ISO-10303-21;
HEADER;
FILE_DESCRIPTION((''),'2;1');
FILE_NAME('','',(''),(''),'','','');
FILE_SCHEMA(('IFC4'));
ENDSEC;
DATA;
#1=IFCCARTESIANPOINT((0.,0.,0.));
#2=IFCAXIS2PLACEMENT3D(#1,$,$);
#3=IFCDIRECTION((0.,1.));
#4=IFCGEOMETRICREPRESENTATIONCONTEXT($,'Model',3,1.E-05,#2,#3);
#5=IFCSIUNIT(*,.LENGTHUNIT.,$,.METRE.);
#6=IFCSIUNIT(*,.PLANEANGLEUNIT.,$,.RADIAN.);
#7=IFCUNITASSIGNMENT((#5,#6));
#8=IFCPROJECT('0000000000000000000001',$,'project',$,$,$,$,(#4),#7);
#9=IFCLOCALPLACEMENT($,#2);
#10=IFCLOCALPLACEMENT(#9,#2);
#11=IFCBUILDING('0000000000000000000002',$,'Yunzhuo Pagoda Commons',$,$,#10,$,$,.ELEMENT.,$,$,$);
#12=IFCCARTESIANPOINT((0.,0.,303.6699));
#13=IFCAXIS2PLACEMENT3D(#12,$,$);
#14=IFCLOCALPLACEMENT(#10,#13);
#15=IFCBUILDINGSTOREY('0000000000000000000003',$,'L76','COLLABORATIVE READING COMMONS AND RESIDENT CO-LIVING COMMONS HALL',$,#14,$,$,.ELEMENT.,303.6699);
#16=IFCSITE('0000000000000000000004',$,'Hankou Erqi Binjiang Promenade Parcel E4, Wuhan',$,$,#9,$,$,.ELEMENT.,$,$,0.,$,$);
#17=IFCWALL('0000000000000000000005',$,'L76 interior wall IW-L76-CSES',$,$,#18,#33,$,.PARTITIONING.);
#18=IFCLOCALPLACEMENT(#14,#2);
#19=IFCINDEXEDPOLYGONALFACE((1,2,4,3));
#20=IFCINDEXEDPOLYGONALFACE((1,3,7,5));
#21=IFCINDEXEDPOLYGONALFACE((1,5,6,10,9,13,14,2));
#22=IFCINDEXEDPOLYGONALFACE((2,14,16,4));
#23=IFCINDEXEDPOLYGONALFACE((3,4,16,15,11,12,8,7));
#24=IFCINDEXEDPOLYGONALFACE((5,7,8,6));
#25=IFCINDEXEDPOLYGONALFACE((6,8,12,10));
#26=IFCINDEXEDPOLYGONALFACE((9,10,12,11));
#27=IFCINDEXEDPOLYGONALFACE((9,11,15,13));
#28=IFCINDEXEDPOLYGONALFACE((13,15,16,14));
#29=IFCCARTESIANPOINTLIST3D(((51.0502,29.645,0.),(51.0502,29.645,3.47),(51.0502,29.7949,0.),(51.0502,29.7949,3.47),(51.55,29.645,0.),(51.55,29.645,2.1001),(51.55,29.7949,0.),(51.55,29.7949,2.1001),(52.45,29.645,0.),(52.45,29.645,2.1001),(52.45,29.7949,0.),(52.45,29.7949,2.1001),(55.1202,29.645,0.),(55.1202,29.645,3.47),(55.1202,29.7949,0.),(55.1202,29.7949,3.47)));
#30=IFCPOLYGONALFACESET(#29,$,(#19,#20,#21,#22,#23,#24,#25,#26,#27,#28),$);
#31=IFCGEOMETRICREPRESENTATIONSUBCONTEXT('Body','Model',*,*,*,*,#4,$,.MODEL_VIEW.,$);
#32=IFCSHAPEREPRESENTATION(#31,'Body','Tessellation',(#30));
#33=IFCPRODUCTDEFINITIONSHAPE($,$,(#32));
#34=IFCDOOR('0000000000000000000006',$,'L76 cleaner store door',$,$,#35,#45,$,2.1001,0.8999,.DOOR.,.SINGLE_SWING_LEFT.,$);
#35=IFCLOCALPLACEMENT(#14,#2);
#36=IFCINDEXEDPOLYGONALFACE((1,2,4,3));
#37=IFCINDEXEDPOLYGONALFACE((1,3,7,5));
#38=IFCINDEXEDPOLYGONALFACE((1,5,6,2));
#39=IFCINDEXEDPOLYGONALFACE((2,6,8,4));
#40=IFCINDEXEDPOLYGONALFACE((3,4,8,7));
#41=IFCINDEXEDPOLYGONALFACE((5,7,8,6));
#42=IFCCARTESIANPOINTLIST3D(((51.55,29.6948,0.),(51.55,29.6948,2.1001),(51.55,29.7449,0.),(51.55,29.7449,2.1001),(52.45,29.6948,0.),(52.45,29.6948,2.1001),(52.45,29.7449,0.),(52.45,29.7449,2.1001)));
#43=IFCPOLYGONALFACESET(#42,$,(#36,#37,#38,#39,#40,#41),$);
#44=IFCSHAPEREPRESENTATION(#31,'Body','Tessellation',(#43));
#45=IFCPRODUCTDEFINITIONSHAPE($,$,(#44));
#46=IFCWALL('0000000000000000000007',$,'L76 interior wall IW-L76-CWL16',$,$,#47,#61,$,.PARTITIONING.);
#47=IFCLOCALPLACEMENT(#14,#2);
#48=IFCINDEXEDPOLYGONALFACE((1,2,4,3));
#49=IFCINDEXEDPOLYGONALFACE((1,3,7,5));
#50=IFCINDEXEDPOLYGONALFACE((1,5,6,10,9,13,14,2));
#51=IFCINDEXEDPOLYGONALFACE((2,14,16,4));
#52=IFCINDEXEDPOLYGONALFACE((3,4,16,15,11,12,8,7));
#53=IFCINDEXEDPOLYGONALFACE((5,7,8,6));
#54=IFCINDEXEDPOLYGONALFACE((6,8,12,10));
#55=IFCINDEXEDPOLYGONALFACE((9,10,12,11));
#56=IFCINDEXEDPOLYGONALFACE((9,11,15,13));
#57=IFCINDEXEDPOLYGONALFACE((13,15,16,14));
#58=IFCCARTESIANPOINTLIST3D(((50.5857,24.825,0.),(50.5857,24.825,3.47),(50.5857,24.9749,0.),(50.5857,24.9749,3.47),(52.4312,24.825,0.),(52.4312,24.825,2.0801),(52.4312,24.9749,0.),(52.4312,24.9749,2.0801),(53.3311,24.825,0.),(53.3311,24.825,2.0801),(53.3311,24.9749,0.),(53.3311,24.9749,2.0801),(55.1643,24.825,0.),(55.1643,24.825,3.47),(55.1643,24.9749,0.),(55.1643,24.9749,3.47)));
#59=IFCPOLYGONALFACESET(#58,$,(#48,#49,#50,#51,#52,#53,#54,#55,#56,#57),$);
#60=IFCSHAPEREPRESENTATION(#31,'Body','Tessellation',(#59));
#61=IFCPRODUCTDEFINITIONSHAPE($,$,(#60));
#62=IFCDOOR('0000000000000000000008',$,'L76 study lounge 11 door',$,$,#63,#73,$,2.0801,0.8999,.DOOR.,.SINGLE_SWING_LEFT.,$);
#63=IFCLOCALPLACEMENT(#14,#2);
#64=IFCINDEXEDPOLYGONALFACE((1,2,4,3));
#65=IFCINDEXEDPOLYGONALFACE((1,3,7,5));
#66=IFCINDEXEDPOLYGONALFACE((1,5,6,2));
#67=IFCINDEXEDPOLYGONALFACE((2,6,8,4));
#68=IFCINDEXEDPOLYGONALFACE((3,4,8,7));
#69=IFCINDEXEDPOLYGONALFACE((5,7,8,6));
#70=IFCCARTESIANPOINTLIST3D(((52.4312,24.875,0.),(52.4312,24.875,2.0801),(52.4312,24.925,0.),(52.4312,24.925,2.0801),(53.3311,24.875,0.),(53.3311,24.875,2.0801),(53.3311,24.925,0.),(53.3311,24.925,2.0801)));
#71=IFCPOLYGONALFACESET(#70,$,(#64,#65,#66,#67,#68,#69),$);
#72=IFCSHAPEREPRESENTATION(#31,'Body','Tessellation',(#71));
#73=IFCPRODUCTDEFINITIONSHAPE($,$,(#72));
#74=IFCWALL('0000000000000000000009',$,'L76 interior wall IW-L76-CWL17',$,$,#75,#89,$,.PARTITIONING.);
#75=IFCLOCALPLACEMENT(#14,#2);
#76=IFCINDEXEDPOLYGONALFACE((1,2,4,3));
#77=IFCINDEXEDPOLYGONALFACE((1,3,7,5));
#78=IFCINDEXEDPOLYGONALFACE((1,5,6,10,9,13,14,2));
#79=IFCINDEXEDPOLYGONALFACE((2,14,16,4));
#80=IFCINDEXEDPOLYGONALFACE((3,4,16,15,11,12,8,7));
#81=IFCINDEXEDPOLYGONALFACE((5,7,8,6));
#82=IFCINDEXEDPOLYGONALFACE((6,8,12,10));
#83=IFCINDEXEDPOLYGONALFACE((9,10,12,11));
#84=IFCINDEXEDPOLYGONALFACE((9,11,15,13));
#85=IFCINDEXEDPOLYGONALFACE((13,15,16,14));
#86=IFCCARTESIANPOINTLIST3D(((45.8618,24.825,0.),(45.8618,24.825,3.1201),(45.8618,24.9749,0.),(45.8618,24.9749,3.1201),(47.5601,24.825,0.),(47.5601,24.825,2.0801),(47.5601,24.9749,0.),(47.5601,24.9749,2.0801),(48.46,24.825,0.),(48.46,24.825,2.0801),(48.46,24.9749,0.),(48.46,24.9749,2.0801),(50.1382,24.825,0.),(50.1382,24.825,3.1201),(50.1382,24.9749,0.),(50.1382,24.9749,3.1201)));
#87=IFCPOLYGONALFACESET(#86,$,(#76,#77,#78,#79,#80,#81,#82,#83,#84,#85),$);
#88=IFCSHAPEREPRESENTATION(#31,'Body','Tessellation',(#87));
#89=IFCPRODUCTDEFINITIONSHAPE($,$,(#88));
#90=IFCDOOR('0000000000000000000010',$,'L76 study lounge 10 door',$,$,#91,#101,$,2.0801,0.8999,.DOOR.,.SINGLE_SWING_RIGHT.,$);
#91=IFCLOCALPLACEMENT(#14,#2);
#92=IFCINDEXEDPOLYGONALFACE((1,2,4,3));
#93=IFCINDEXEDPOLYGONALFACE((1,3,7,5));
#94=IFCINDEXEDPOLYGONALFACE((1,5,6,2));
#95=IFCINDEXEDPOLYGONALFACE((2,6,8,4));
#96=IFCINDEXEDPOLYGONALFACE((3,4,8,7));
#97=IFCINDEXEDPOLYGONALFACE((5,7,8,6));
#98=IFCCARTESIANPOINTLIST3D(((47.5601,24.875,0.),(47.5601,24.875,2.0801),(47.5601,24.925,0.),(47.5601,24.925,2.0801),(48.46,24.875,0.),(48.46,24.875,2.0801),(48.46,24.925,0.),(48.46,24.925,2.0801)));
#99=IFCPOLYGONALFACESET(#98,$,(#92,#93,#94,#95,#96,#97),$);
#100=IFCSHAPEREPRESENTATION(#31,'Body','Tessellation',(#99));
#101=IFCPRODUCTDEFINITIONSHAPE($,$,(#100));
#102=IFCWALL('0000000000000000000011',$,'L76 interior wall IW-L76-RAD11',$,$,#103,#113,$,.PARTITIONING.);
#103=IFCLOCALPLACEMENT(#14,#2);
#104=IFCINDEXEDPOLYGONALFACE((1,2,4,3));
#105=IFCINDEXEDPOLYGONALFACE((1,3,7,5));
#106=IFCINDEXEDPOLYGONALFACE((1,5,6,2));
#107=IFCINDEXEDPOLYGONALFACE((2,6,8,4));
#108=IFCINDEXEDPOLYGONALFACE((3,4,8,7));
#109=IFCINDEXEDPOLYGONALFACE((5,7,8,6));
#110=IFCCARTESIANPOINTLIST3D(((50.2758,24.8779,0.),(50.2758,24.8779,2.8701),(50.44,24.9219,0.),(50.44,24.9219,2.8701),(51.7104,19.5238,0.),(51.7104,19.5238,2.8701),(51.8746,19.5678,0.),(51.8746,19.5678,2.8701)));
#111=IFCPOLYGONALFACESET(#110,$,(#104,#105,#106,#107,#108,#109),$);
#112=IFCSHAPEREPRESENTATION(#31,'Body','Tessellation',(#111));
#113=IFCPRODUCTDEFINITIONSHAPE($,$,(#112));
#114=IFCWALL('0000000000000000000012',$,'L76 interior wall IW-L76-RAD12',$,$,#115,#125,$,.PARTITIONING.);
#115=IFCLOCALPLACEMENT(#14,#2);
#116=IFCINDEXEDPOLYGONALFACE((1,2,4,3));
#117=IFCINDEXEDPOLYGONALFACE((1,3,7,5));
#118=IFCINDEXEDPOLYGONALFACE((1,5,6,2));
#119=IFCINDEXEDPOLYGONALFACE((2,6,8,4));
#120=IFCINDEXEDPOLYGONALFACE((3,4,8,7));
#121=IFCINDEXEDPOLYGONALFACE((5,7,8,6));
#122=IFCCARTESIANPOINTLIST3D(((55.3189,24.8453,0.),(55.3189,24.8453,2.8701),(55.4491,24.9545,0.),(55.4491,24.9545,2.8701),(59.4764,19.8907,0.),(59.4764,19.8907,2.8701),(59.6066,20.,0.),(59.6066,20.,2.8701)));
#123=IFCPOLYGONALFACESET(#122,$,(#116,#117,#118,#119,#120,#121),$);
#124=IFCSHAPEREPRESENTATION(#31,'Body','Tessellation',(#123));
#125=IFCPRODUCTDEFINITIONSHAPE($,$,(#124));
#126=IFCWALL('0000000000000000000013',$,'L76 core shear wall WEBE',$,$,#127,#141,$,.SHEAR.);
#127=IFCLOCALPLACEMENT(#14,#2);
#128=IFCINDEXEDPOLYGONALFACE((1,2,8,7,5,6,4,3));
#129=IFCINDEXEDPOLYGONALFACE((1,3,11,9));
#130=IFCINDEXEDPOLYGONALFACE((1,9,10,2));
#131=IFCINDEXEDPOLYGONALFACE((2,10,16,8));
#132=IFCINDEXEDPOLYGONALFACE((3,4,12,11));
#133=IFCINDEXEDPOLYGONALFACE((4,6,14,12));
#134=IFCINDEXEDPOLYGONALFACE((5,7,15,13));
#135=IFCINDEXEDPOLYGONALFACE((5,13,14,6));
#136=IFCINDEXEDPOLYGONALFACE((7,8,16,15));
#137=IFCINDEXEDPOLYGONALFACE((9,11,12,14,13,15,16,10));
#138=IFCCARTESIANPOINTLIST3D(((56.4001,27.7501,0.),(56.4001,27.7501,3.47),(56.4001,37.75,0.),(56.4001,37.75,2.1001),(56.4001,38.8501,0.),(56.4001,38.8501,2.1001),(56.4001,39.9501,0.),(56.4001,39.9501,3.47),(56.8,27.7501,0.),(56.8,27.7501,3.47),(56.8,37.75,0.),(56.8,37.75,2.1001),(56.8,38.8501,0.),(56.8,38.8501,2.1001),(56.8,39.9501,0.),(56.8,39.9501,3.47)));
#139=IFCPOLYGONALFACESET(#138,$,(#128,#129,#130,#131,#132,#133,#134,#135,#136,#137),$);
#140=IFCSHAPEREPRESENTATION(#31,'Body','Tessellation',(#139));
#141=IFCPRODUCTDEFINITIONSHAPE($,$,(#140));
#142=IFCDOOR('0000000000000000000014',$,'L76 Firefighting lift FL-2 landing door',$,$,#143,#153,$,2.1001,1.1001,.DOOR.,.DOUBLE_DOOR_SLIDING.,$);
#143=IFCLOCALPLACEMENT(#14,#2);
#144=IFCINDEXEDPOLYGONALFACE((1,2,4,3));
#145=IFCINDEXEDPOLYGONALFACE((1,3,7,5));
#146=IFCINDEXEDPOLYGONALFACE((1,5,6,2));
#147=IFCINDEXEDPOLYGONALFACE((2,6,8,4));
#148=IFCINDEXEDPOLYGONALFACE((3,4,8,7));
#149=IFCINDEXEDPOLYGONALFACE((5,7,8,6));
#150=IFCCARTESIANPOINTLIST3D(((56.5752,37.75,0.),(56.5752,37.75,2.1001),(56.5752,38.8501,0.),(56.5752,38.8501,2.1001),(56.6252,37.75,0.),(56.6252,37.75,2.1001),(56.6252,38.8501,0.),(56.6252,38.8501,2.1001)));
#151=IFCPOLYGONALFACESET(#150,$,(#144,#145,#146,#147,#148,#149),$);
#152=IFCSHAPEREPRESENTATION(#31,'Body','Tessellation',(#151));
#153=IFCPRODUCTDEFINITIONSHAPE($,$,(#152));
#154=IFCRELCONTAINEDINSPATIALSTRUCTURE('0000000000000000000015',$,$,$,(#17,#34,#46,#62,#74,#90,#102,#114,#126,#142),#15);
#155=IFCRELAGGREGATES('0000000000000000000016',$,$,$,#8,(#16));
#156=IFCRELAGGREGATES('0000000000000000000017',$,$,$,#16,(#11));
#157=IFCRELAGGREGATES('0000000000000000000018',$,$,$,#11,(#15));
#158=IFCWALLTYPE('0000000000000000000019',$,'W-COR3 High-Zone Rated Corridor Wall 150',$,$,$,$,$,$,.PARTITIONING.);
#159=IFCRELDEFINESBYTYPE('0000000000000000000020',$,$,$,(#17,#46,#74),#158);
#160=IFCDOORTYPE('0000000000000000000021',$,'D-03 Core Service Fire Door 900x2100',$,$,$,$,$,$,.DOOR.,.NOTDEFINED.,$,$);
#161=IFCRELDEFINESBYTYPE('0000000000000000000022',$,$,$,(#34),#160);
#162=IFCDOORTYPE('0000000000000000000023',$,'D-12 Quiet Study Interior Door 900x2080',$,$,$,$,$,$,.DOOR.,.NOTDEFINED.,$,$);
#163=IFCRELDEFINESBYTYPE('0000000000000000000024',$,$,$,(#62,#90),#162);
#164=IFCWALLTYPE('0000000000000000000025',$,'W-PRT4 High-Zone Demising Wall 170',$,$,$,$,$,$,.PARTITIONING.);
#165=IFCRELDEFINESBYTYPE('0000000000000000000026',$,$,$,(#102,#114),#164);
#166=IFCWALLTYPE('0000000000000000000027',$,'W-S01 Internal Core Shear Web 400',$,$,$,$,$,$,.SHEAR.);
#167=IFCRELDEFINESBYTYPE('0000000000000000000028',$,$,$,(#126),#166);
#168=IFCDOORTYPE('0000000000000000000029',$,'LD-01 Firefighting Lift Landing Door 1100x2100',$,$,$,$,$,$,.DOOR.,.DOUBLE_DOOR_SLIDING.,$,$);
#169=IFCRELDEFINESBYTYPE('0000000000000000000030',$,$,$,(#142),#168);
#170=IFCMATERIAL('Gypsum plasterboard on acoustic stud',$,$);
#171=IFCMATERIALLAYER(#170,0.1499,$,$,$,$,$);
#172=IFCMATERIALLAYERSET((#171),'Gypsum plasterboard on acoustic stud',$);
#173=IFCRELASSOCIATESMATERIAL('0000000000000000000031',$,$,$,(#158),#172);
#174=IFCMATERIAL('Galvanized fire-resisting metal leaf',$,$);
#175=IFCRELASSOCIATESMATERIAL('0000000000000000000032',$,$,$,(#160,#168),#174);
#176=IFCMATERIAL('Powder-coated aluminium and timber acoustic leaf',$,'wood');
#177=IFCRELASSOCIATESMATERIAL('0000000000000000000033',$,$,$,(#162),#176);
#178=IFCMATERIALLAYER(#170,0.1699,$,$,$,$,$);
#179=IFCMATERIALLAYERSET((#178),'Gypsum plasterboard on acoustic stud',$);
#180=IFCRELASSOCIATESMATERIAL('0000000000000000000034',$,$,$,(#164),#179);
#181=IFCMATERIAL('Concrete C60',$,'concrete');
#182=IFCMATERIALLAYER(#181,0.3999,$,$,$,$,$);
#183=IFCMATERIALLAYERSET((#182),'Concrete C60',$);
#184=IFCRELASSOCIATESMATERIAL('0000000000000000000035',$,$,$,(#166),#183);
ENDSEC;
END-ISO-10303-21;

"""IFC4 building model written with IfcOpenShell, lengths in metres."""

from ifc_helpers import new_model, si_unit, direction, frame, frame_2d, origin, origin_with_axes, place, context, subcontext, project, spatial, rectangle, extrude, source, transform, mapped, material, layer, layer_set, type_object, element, fill, save


model = new_model("IFC4")

# Units and contexts
model_context = context("Model", 3, precision=1e-05, world=origin(), true_north=direction((0.0, 1.0)))
body_context = subcontext(model_context, "Body", "Model", "MODEL_VIEW")
ifc_project = project(units=[si_unit("LENGTHUNIT", "METRE"), si_unit("PLANEANGLEUNIT", "RADIAN")], contexts=[model_context])

# Site, building, storey
site_placement = place(None, origin())
site = spatial("IfcSite", under=ifc_project, at=site_placement, Name="Hankou Erqi Binjiang Promenade Parcel E4, Wuhan", CompositionType="ELEMENT", RefElevation=0.0)
building_placement = place(site_placement, origin())
building = spatial("IfcBuilding", under=site, at=building_placement, Name="Yunzhuo Pagoda Commons", CompositionType="ELEMENT")
storey_placement = place(building_placement, frame((0.0, 0.0, 303.6699)))
storey = spatial("IfcBuildingStorey", under=building, at=storey_placement, Name="L76", Description="COLLABORATIVE READING COMMONS AND RESIDENT CO-LIVING COMMONS HALL", CompositionType="ELEMENT", Elevation=303.6699)

# Walls, openings, doors
ifc_material_1 = material(Name="Gypsum plasterboard on acoustic stud")
ifc_layer_1 = layer(ifc_material_1, 0.1499)
ifc_layer_set_1 = layer_set([ifc_layer_1], Name="Gypsum plasterboard on acoustic stud")
wall_type_1 = type_object("IfcWallType", Name="W-COR3 High-Zone Rated Corridor Wall 150", PredefinedType="PARTITIONING", material=ifc_layer_set_1)
wall_1_placement = place(storey_placement, frame((51.05, 29.72, 0.0), z_axis=(0.0, 0.0, 1.0), x_axis=(1.0, 0.0, 0.0)))
wall_1 = element("IfcWall", 1, at=wall_1_placement, inside=storey, type_object=wall_type_1, Name="L76 interior wall IW-L76-CSES", PredefinedType="PARTITIONING", context=body_context, shape_type="SweptSolid", body=[
    extrude(rectangle(XDim=4.0701, YDim=0.1499, at=frame_2d((2.0352, 0.0))), origin(), (0.0, 0.0, 1.0), 3.47),
])
opening_1_placement = place(wall_1_placement, frame((0.5, 0.0, 0.0)))
opening_1 = element("IfcOpeningElement", 2, at=opening_1_placement, cuts=wall_1, PredefinedType="OPENING", context=body_context, shape_type="SweptSolid", body=[
    extrude(rectangle(XDim=0.8999, YDim=2.1001, at=frame_2d((0.45, 1.05))), frame((0.0, 0.085, 0.0), z_axis=(0.0, -1.0, 0.0), x_axis=(1.0, 0.0, 0.0)), (0.0, 0.0, 1.0), 0.1699),
])
ifc_material_2 = material(Name="Galvanized fire-resisting metal leaf")
door_type_1 = type_object("IfcDoorType", Name="D-03 Core Service Fire Door 900x2100", OperationType="NOTDEFINED", PredefinedType="DOOR", material=ifc_material_2)
shared_shape_1 = source(origin(), body_context, "Body", "SweptSolid", [
    extrude(rectangle(XDim=0.8999, YDim=2.1001, at=frame_2d((0.45, 1.05))), frame((0.0, 0.0249, 0.0), z_axis=(0.0, -1.0, 0.0), x_axis=(1.0, 0.0, 0.0)), (0.0, 0.0, 1.0), 0.05),
])
door_1_placement = place(opening_1_placement, origin_with_axes())
door_1 = element("IfcDoor", 3, at=door_1_placement, inside=storey, type_object=door_type_1, Name="L76 cleaner store door", OperationType="SINGLE_SWING_LEFT", OverallHeight=2.1001, OverallWidth=0.8999, PredefinedType="DOOR", context=body_context, shape_type="MappedRepresentation", body=[
    mapped(shared_shape_1, transform((0.0, 0.0, 0.0), scale=1.0)),
])
fill(opening_1, door_1)
wall_2_placement = place(storey_placement, frame((55.1643, 24.8999, 0.0), z_axis=(0.0, 0.0, 1.0), x_axis=(-1.0, 0.0, 0.0)))
wall_2 = element("IfcWall", 4, at=wall_2_placement, inside=storey, type_object=wall_type_1, Name="L76 interior wall IW-L76-CWL16", PredefinedType="PARTITIONING", context=body_context, shape_type="SweptSolid", body=[
    extrude(rectangle(XDim=4.5786, YDim=0.1499, at=frame_2d((2.2893, 0.0))), origin(), (0.0, 0.0, 1.0), 3.47),
])
opening_2_placement = place(wall_2_placement, frame((1.8333, 0.0, 0.0)))
opening_2 = element("IfcOpeningElement", 5, at=opening_2_placement, cuts=wall_2, PredefinedType="OPENING", context=body_context, shape_type="SweptSolid", body=[
    extrude(rectangle(XDim=0.8999, YDim=2.0801, at=frame_2d((0.45, 1.04))), frame((0.0, 0.085, 0.0), z_axis=(0.0, -1.0, 0.0), x_axis=(1.0, 0.0, 0.0)), (0.0, 0.0, 1.0), 0.1699),
])
ifc_material_3 = material(Name="Powder-coated aluminium and timber acoustic leaf", Category="wood")
door_type_2 = type_object("IfcDoorType", Name="D-12 Quiet Study Interior Door 900x2080", OperationType="NOTDEFINED", PredefinedType="DOOR", material=ifc_material_3)
shared_shape_2 = source(origin(), body_context, "Body", "SweptSolid", [
    extrude(rectangle(XDim=0.8999, YDim=2.0801, at=frame_2d((0.45, 1.04))), frame((0.0, 0.0249, 0.0), z_axis=(0.0, -1.0, 0.0), x_axis=(1.0, 0.0, 0.0)), (0.0, 0.0, 1.0), 0.05),
])
door_2_placement = place(opening_2_placement, origin_with_axes())
door_2 = element("IfcDoor", 6, at=door_2_placement, inside=storey, type_object=door_type_2, Name="L76 study lounge 11 door", OperationType="SINGLE_SWING_LEFT", OverallHeight=2.0801, OverallWidth=0.8999, PredefinedType="DOOR", context=body_context, shape_type="MappedRepresentation", body=[
    mapped(shared_shape_2, transform((0.0, 0.0, 0.0), scale=1.0)),
])
fill(opening_2, door_2)
wall_3_placement = place(storey_placement, frame((50.1382, 24.8999, 0.0), z_axis=(0.0, 0.0, 1.0), x_axis=(-1.0, 0.0, 0.0)))
wall_3 = element("IfcWall", 7, at=wall_3_placement, inside=storey, type_object=wall_type_1, Name="L76 interior wall IW-L76-CWL17", PredefinedType="PARTITIONING", context=body_context, shape_type="SweptSolid", body=[
    extrude(rectangle(XDim=4.2764, YDim=0.1499, at=frame_2d((2.1382, 0.0))), origin(), (0.0, 0.0, 1.0), 3.1201),
])
opening_3_placement = place(wall_3_placement, frame((1.6782, 0.0, 0.0)))
opening_3 = element("IfcOpeningElement", 8, at=opening_3_placement, cuts=wall_3, PredefinedType="OPENING", context=body_context, shape_type="SweptSolid", body=[
    extrude(rectangle(XDim=0.8999, YDim=2.0801, at=frame_2d((0.45, 1.04))), frame((0.0, 0.085, 0.0), z_axis=(0.0, -1.0, 0.0), x_axis=(1.0, 0.0, 0.0)), (0.0, 0.0, 1.0), 0.1699),
])
door_3_placement = place(opening_3_placement, origin_with_axes())
door_3 = element("IfcDoor", 9, at=door_3_placement, inside=storey, type_object=door_type_2, Name="L76 study lounge 10 door", OperationType="SINGLE_SWING_RIGHT", OverallHeight=2.0801, OverallWidth=0.8999, PredefinedType="DOOR", context=body_context, shape_type="MappedRepresentation", body=[
    mapped(shared_shape_2, transform((0.0, 0.0, 0.0), scale=1.0)),
])
fill(opening_3, door_3)

# Walls
ifc_layer_2 = layer(ifc_material_1, 0.1699)
ifc_layer_set_2 = layer_set([ifc_layer_2], Name="Gypsum plasterboard on acoustic stud")
wall_type_2 = type_object("IfcWallType", Name="W-PRT4 High-Zone Demising Wall 170", PredefinedType="PARTITIONING", material=ifc_layer_set_2)
wall_4_placement = place(storey_placement, frame((50.3579, 24.8999, 0.0), z_axis=(0.0, 0.0, 1.0), x_axis=(0.258814, -0.965927, 0.0)))
element("IfcWall", 10, at=wall_4_placement, inside=storey, type_object=wall_type_2, Name="L76 interior wall IW-L76-RAD11", PredefinedType="PARTITIONING", context=body_context, shape_type="SweptSolid", body=[
    extrude(rectangle(XDim=5.543, YDim=0.1699, at=frame_2d((2.7715, 0.0))), origin(), (0.0, 0.0, 1.0), 2.8701),
])
wall_5_placement = place(storey_placement, frame((55.384, 24.8999, 0.0), z_axis=(0.0, 0.0, 1.0), x_axis=(0.642795, -0.766039, 0.0)))
element("IfcWall", 11, at=wall_5_placement, inside=storey, type_object=wall_type_2, Name="L76 interior wall IW-L76-RAD12", PredefinedType="PARTITIONING", context=body_context, shape_type="SweptSolid", body=[
    extrude(rectangle(XDim=6.4678, YDim=0.1699, at=frame_2d((3.2339, 0.0))), origin(), (0.0, 0.0, 1.0), 2.8701),
])

# Wall, opening, door
ifc_material_4 = material(Name="Concrete C60", Category="concrete")
ifc_layer_3 = layer(ifc_material_4, 0.3999)
ifc_layer_set_3 = layer_set([ifc_layer_3], Name="Concrete C60")
wall_type_3 = type_object("IfcWallType", Name="W-S01 Internal Core Shear Web 400", PredefinedType="SHEAR", material=ifc_layer_set_3)
wall_6_placement = place(storey_placement, frame((56.6001, 27.75, 0.0), z_axis=(0.0, 0.0, 1.0), x_axis=(0.0, 1.0, 0.0)))
wall_6 = element("IfcWall", 12, at=wall_6_placement, inside=storey, type_object=wall_type_3, Name="L76 core shear wall WEBE", PredefinedType="SHEAR", context=body_context, shape_type="SweptSolid", body=[
    extrude(rectangle(XDim=12.2, YDim=0.3999, at=frame_2d((6.1001, 0.0))), origin(), (0.0, 0.0, 1.0), 3.47),
])
opening_4_placement = place(wall_6_placement, frame((10.0, 0.0, 0.0)))
opening_4 = element("IfcOpeningElement", 13, at=opening_4_placement, cuts=wall_6, PredefinedType="OPENING", context=body_context, shape_type="SweptSolid", body=[
    extrude(rectangle(XDim=1.1001, YDim=2.1001, at=frame_2d((0.55, 1.05))), frame((0.0, 0.21, 0.0), z_axis=(0.0, -1.0, 0.0), x_axis=(1.0, 0.0, 0.0)), (0.0, 0.0, 1.0), 0.4199),
])
door_type_3 = type_object("IfcDoorType", Name="LD-01 Firefighting Lift Landing Door 1100x2100", OperationType="DOUBLE_DOOR_SLIDING", PredefinedType="DOOR", material=ifc_material_2)
shared_shape_3 = source(origin(), body_context, "Body", "SweptSolid", [
    extrude(rectangle(XDim=1.1001, YDim=2.1001, at=frame_2d((0.55, 1.05))), frame((0.0, 0.0249, 0.0), z_axis=(0.0, -1.0, 0.0), x_axis=(1.0, 0.0, 0.0)), (0.0, 0.0, 1.0), 0.05),
])
door_4_placement = place(opening_4_placement, origin_with_axes())
door_4 = element("IfcDoor", 14, at=door_4_placement, inside=storey, type_object=door_type_3, Name="L76 Firefighting lift FL-2 landing door", OperationType="DOUBLE_DOOR_SLIDING", OverallHeight=2.1001, OverallWidth=1.1001, PredefinedType="DOOR", context=body_context, shape_type="MappedRepresentation", body=[
    mapped(shared_shape_3, transform((0.0, 0.0, 0.0), scale=1.0)),
])
fill(opening_4, door_4)

save(model, "model.ifc")
